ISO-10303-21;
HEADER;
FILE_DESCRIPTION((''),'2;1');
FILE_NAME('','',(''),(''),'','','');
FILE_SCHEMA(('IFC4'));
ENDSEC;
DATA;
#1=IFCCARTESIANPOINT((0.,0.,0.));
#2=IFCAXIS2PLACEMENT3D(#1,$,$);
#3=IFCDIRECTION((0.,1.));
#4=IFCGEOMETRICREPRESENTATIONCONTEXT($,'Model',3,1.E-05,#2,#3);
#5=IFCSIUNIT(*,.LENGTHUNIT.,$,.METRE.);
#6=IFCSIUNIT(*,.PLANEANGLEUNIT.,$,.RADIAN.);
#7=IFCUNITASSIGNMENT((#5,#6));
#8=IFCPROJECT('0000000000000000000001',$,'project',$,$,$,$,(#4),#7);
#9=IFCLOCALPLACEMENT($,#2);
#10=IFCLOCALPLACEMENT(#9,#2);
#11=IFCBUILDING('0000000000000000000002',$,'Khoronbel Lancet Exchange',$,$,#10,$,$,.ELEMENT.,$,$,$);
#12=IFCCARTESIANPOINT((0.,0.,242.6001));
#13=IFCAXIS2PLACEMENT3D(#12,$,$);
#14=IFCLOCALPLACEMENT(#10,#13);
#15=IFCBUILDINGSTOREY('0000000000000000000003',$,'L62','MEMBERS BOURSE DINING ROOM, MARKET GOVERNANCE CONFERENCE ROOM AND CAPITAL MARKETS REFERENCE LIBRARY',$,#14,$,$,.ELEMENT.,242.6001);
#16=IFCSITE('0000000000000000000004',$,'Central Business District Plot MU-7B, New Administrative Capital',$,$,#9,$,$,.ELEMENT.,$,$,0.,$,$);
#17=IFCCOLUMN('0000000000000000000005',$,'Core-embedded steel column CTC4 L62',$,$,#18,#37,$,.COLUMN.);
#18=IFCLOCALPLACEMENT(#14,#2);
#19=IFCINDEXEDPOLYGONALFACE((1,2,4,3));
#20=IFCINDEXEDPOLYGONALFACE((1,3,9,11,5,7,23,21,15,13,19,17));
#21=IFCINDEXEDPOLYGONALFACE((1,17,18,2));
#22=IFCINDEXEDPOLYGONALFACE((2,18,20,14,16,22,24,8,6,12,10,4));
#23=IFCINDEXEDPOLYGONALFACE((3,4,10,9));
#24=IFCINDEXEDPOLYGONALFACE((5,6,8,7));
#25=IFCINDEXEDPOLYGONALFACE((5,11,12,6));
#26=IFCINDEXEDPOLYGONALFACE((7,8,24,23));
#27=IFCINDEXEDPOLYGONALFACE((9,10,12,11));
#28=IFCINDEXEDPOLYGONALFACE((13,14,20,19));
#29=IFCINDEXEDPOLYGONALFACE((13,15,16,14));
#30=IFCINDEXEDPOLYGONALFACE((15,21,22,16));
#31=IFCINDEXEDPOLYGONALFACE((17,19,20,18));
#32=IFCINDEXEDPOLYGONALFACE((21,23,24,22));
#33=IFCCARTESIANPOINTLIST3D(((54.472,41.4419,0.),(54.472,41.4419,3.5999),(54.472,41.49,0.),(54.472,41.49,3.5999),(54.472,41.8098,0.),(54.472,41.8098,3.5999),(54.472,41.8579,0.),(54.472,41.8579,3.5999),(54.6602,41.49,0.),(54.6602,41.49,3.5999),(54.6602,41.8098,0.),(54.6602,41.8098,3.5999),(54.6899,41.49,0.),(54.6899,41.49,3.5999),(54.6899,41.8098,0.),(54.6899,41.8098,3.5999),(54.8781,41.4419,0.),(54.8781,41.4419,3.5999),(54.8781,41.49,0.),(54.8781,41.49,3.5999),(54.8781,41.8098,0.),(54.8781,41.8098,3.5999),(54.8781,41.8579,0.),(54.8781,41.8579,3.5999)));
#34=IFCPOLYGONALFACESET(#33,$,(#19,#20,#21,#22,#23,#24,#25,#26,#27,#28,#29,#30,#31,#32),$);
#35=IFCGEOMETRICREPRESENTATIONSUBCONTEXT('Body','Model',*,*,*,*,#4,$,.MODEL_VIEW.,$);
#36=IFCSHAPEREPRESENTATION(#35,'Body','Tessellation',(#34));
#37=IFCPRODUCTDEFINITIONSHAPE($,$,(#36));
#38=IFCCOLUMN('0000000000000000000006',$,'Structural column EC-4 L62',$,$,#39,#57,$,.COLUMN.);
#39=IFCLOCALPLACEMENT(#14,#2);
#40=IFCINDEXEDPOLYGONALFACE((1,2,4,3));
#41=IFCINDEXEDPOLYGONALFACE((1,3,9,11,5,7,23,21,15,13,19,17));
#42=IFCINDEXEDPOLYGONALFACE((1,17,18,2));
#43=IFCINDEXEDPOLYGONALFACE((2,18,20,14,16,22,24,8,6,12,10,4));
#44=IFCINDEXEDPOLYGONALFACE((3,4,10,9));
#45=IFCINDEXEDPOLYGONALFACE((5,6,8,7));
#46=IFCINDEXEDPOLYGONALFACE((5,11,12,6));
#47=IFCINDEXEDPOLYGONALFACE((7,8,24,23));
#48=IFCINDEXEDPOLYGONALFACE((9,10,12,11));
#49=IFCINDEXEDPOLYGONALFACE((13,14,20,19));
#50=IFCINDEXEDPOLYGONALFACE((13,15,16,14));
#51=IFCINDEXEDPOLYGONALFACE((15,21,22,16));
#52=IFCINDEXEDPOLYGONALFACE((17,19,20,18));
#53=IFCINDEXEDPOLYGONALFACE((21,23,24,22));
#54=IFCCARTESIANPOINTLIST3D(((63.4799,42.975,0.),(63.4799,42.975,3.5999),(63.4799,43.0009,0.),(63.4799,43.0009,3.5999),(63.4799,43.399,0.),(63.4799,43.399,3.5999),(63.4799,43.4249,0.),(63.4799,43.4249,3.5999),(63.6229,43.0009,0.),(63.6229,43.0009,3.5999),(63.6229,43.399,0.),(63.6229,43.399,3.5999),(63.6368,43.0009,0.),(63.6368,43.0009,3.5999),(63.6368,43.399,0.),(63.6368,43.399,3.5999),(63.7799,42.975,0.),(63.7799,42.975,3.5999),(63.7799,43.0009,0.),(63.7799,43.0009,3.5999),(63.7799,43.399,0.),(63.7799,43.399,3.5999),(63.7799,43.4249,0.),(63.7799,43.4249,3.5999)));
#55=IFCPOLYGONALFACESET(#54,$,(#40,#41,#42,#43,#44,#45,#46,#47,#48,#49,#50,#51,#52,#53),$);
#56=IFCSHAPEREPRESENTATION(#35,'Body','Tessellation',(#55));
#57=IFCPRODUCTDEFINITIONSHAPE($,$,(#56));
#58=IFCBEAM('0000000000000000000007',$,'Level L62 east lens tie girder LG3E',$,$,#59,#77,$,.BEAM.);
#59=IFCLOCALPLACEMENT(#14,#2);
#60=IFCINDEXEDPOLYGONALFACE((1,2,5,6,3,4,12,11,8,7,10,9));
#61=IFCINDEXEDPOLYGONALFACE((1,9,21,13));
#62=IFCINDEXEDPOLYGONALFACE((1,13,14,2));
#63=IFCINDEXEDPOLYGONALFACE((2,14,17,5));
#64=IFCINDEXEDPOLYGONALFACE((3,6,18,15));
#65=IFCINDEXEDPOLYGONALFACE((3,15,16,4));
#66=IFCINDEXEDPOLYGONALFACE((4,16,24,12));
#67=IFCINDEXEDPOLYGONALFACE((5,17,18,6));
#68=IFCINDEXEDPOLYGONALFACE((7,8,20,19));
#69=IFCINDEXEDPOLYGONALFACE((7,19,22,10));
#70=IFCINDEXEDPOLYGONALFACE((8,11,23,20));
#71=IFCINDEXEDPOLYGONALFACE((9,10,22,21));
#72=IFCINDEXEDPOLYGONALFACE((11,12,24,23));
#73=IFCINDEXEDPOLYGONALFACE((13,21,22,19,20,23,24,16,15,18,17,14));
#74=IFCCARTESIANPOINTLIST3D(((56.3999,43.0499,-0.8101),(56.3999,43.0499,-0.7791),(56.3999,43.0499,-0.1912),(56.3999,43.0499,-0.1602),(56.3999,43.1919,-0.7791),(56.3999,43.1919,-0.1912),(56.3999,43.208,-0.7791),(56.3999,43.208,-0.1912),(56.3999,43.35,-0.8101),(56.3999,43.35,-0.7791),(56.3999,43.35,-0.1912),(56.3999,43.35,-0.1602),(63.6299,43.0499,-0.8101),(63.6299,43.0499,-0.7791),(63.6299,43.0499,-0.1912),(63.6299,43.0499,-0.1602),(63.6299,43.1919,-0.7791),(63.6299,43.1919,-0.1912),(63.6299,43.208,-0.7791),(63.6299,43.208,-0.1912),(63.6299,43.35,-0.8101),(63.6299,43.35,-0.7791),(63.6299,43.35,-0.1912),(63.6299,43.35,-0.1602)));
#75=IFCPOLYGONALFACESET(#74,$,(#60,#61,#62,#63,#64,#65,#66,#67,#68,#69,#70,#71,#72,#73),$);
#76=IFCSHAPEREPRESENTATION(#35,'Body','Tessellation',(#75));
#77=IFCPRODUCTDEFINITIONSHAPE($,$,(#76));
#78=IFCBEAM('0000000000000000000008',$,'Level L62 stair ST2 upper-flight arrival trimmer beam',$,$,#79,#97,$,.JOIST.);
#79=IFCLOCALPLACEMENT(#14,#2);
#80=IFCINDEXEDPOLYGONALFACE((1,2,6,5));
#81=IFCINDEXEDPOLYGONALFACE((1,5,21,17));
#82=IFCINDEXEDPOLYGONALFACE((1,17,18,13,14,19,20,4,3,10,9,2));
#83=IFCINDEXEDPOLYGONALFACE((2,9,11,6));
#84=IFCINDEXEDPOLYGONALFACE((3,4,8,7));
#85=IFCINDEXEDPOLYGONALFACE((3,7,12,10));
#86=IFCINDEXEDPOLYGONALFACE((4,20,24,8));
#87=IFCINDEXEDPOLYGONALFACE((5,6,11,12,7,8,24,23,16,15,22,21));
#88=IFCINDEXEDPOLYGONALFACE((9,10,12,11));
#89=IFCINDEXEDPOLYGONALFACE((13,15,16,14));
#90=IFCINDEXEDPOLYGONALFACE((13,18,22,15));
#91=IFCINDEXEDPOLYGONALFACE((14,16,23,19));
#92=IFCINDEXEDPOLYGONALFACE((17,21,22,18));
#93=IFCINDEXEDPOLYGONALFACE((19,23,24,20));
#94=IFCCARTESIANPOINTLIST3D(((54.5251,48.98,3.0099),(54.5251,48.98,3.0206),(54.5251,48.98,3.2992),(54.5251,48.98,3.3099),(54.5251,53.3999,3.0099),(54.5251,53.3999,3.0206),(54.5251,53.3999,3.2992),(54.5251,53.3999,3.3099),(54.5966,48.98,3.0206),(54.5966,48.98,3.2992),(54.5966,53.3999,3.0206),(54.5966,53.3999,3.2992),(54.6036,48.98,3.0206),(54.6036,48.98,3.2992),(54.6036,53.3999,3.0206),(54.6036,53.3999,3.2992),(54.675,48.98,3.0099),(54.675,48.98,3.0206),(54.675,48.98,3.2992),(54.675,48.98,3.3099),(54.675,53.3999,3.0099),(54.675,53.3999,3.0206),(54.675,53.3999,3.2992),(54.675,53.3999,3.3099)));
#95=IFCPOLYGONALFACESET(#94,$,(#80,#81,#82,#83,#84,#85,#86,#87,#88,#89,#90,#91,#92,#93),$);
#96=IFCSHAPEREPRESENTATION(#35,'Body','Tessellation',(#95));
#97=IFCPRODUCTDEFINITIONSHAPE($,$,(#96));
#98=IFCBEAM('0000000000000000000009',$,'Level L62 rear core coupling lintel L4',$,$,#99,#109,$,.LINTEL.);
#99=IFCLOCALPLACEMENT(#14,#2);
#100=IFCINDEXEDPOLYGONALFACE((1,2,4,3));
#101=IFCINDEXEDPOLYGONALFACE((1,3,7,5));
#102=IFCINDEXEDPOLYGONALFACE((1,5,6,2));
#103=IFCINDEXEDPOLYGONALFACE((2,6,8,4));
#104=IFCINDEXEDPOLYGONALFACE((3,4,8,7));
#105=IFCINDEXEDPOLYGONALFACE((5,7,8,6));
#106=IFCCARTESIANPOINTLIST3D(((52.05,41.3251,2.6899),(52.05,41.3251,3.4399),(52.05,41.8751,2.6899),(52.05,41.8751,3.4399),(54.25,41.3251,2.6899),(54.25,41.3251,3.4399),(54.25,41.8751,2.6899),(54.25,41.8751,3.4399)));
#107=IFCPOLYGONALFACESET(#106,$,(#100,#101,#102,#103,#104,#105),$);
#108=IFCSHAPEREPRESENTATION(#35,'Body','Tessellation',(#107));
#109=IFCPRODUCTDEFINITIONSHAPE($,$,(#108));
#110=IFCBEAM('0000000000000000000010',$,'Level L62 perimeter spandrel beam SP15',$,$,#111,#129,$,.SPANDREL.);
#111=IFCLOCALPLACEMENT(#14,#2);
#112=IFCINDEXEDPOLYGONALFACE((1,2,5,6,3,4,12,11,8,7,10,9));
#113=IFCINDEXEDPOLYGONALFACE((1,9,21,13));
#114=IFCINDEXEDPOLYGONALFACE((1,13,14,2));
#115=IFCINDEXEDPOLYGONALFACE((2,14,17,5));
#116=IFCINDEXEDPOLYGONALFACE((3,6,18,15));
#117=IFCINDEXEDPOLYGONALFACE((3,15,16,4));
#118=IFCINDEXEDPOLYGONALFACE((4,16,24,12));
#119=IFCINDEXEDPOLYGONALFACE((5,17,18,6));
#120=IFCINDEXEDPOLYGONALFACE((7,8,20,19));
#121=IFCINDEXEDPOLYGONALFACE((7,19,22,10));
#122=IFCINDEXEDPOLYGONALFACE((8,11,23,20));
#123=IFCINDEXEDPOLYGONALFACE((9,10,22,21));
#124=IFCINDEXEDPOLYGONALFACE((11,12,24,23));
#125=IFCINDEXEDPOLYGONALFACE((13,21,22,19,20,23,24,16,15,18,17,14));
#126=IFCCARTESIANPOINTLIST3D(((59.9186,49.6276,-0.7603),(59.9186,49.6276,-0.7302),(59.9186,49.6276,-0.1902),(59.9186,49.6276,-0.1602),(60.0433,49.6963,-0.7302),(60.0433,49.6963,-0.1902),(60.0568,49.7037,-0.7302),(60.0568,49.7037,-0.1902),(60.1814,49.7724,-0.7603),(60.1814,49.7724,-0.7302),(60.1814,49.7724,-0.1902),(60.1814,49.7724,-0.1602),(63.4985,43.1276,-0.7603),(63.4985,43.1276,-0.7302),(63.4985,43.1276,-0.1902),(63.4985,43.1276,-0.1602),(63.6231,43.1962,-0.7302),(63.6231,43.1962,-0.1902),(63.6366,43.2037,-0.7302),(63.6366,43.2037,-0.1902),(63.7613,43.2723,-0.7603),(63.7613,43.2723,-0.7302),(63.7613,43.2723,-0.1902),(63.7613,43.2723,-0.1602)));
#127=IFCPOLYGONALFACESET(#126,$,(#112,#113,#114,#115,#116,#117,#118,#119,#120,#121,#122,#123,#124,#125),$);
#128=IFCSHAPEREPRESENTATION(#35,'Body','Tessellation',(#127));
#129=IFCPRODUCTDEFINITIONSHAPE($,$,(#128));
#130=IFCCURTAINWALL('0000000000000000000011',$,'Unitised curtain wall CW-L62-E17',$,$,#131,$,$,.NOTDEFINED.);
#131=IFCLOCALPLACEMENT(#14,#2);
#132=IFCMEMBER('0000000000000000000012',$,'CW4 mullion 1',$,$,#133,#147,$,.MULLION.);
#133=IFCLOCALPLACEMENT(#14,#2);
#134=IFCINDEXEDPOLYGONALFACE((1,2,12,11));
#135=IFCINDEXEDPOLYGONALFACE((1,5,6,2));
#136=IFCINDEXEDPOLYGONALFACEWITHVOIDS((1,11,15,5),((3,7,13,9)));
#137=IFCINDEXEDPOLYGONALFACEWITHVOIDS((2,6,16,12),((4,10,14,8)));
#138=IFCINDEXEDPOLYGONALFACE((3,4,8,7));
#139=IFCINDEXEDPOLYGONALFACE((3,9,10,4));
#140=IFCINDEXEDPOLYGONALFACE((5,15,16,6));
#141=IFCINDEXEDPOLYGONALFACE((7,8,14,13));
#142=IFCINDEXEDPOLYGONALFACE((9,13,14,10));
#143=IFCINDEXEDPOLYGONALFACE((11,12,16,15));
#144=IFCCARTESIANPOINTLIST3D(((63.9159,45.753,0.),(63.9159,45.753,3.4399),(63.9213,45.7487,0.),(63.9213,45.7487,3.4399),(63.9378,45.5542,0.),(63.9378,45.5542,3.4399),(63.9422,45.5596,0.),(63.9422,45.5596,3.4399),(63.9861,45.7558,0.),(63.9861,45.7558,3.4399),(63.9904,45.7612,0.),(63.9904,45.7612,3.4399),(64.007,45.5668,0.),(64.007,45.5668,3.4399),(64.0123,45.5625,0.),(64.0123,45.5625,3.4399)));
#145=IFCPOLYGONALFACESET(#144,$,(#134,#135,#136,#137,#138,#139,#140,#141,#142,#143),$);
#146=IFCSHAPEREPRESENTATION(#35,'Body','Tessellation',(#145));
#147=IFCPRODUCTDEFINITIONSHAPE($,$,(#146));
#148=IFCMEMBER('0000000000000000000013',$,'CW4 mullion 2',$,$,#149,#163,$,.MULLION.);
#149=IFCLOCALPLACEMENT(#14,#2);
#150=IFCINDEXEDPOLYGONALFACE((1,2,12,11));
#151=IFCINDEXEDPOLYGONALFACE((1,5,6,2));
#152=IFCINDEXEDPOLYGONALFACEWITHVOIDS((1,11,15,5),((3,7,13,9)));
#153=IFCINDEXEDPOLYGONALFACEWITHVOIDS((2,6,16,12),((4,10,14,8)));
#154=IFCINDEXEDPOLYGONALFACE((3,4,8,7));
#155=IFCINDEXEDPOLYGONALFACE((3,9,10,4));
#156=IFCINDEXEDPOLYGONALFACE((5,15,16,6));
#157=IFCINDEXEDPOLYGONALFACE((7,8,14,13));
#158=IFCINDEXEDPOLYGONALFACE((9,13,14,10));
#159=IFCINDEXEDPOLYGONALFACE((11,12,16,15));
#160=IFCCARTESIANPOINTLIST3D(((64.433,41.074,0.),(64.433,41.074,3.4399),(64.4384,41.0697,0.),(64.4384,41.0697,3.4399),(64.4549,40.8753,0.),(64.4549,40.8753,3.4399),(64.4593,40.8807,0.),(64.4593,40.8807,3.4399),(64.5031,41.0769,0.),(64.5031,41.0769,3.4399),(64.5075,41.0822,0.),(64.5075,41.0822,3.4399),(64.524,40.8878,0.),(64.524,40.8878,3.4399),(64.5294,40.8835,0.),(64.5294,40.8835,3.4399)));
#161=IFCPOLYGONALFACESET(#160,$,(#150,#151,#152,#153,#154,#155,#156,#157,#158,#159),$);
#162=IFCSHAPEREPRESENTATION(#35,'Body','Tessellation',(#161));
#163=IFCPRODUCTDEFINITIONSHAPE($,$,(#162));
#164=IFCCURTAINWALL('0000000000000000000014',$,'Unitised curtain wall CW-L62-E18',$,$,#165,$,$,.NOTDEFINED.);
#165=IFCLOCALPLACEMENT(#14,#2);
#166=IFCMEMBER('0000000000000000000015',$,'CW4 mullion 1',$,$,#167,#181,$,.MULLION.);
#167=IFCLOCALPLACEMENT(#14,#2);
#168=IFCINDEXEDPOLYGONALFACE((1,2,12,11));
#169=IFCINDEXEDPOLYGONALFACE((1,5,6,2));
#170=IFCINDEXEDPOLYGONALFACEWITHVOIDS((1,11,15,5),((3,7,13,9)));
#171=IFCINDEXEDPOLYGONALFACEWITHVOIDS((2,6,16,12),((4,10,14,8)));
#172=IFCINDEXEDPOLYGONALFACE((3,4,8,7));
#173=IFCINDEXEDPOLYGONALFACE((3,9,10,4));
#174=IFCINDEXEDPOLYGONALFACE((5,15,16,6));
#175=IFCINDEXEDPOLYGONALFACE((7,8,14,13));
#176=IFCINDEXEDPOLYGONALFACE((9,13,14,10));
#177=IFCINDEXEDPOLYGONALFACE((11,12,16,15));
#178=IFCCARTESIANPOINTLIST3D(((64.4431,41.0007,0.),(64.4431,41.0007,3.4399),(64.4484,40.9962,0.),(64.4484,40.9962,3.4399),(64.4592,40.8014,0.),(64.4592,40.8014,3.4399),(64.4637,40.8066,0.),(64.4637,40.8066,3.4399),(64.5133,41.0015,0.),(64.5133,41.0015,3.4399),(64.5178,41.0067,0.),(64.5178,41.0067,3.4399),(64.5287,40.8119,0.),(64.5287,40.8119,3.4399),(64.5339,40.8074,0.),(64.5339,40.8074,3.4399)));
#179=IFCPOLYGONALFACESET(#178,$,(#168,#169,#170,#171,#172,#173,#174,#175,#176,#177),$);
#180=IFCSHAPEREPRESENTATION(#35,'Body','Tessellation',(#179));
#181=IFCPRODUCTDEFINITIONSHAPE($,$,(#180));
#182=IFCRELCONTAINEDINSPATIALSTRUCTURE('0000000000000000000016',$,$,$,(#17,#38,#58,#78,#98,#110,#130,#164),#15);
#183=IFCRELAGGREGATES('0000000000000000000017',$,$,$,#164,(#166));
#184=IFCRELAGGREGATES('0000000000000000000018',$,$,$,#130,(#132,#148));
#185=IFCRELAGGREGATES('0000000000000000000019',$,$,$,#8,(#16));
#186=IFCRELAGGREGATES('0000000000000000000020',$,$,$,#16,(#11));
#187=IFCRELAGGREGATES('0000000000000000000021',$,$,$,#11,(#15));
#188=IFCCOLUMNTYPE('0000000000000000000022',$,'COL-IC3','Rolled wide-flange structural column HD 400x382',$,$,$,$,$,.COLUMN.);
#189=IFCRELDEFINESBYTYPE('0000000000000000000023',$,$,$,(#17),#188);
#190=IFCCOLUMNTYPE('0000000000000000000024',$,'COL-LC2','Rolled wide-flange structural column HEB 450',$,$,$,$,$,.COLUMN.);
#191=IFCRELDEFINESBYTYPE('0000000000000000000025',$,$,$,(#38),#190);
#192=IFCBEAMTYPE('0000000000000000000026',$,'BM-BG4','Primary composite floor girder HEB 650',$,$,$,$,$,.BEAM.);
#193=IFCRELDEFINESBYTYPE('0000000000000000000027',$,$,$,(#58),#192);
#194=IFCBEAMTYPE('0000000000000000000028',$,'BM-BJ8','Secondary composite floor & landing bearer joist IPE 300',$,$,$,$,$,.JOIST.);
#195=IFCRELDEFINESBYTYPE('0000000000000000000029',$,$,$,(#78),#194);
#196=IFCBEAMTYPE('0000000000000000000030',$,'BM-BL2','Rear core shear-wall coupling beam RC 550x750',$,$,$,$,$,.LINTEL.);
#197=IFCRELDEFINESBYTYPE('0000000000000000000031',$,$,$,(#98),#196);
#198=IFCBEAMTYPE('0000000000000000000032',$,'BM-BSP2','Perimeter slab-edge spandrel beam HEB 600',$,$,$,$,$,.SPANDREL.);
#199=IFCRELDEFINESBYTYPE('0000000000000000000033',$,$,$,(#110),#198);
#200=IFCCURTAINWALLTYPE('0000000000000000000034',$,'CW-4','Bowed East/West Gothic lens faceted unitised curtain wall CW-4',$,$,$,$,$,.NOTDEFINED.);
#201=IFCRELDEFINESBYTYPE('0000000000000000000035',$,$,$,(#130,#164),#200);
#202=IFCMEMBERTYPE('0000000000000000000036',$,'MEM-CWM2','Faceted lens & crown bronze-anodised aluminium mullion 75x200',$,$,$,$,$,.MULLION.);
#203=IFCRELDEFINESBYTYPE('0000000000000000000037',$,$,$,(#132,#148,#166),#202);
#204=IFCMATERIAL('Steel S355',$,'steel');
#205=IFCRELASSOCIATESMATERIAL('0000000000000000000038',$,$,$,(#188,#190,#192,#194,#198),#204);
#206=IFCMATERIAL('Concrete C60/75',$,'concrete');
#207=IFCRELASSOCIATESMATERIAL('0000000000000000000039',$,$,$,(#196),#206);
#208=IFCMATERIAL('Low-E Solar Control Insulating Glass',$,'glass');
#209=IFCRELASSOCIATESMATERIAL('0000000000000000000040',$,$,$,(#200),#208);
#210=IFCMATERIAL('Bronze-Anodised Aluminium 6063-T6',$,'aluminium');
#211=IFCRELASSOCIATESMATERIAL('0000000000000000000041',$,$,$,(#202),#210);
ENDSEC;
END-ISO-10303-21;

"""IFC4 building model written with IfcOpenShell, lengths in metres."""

from ifc_helpers import new_model, si_unit, direction, frame, origin, origin_2d, place, context, subcontext, project, spatial, rectangle, hollow_rectangle, i_section, extrude, material, material_profile, profile_set, type_object, element, aggregate, save


model = new_model("IFC4")

# Units and contexts
model_context = context("Model", 3, precision=1e-05, world=origin(), true_north=direction((0.0, 1.0)))
body_context = subcontext(model_context, "Body", "Model", "MODEL_VIEW")
ifc_project = project(units=[si_unit("LENGTHUNIT", "METRE"), si_unit("PLANEANGLEUNIT", "RADIAN")], contexts=[model_context])

# Site, building, storey
site_placement = place(None, origin())
site = spatial("IfcSite", under=ifc_project, at=site_placement, Name="Central Business District Plot MU-7B, New Administrative Capital", CompositionType="ELEMENT", RefElevation=0.0)
building_placement = place(site_placement, origin())
building = spatial("IfcBuilding", under=site, at=building_placement, Name="Khoronbel Lancet Exchange", CompositionType="ELEMENT")
storey_placement = place(building_placement, frame((0.0, 0.0, 242.6001)))
storey = spatial("IfcBuildingStorey", under=building, at=storey_placement, Name="L62", Description="MEMBERS BOURSE DINING ROOM, MARKET GOVERNANCE CONFERENCE ROOM AND CAPITAL MARKETS REFERENCE LIBRARY", CompositionType="ELEMENT", Elevation=242.6001)

# Columns
ifc_material_1 = material(Name="Steel S355", Category="steel")
ifc_material_profile_1 = material_profile(ifc_material_1, i_section(OverallWidth=0.406, OverallDepth=0.416, WebThickness=0.0298, FlangeThickness=0.0481, at=origin_2d()), Name="HD 400x382")
ifc_profile_set_1 = profile_set([ifc_material_profile_1], Name="Steel S355")
column_type_1 = type_object("IfcColumnType", Name="COL-IC3", Description="Rolled wide-flange structural column HD 400x382", PredefinedType="COLUMN", material=ifc_profile_set_1)
column_1_placement = place(storey_placement, frame((54.675, 41.6499, 0.0), z_axis=(0.0, 0.0, 1.0), x_axis=(1.0, 0.0, 0.0)))
element("IfcColumn", 1, at=column_1_placement, inside=storey, type_object=column_type_1, Name="Core-embedded steel column CTC4 L62", PredefinedType="COLUMN", context=body_context, shape_type="SweptSolid", body=[
    extrude(i_section(OverallWidth=0.406, OverallDepth=0.416, WebThickness=0.0298, FlangeThickness=0.0481, at=origin_2d()), origin(), (0.0, 0.0, 1.0), 3.5999),
])
ifc_material_profile_2 = material_profile(ifc_material_1, i_section(OverallWidth=0.3, OverallDepth=0.45, WebThickness=0.0139, FlangeThickness=0.0259, at=origin_2d()), Name="HEB 450")
ifc_profile_set_2 = profile_set([ifc_material_profile_2], Name="Steel S355")
column_type_2 = type_object("IfcColumnType", Name="COL-LC2", Description="Rolled wide-flange structural column HEB 450", PredefinedType="COLUMN", material=ifc_profile_set_2)
column_2_placement = place(storey_placement, frame((63.6299, 43.2, 0.0), z_axis=(0.0, 0.0, 1.0), x_axis=(1.0, 0.0, 0.0)))
element("IfcColumn", 2, at=column_2_placement, inside=storey, type_object=column_type_2, Name="Structural column EC-4 L62", PredefinedType="COLUMN", context=body_context, shape_type="SweptSolid", body=[
    extrude(i_section(OverallWidth=0.3, OverallDepth=0.45, WebThickness=0.0139, FlangeThickness=0.0259, at=origin_2d()), origin(), (0.0, 0.0, 1.0), 3.5999),
])

# Beams
ifc_material_profile_3 = material_profile(ifc_material_1, i_section(OverallWidth=0.3, OverallDepth=0.6499, WebThickness=0.0161, FlangeThickness=0.031, at=origin_2d()), Name="HEB 650")
ifc_profile_set_3 = profile_set([ifc_material_profile_3], Name="Steel S355")
beam_type_1 = type_object("IfcBeamType", Name="BM-BG4", Description="Primary composite floor girder HEB 650", PredefinedType="BEAM", material=ifc_profile_set_3)
beam_1_placement = place(storey_placement, frame((56.3999, 43.2, -0.4851), z_axis=(1.0, 0.0, 0.0), x_axis=(0.0, 1.0, 0.0)))
element("IfcBeam", 3, at=beam_1_placement, inside=storey, type_object=beam_type_1, Name="Level L62 east lens tie girder LG3E", PredefinedType="BEAM", context=body_context, shape_type="SweptSolid", body=[
    extrude(i_section(OverallWidth=0.3, OverallDepth=0.6499, WebThickness=0.0161, FlangeThickness=0.031, at=origin_2d()), origin(), (0.0, 0.0, 1.0), 7.23),
])
ifc_material_profile_4 = material_profile(ifc_material_1, i_section(OverallWidth=0.1499, OverallDepth=0.3, WebThickness=0.0071, FlangeThickness=0.0107, at=origin_2d()), Name="IPE 300")
ifc_profile_set_4 = profile_set([ifc_material_profile_4], Name="Steel S355")
beam_type_2 = type_object("IfcBeamType", Name="BM-BJ8", Description="Secondary composite floor & landing bearer joist IPE 300", PredefinedType="JOIST", material=ifc_profile_set_4)
beam_2_placement = place(storey_placement, frame((54.6001, 48.98, 3.1599), z_axis=(0.0, 1.0, 0.0), x_axis=(-1.0, 0.0, 0.0)))
element("IfcBeam", 4, at=beam_2_placement, inside=storey, type_object=beam_type_2, Name="Level L62 stair ST2 upper-flight arrival trimmer beam", PredefinedType="JOIST", context=body_context, shape_type="SweptSolid", body=[
    extrude(i_section(OverallWidth=0.1499, OverallDepth=0.3, WebThickness=0.0071, FlangeThickness=0.0107, at=origin_2d()), origin(), (0.0, 0.0, 1.0), 4.4199),
])
ifc_material_2 = material(Name="Concrete C60/75", Category="concrete")
ifc_material_profile_5 = material_profile(ifc_material_2, rectangle(XDim=0.55, YDim=0.75, at=origin_2d()), Name="RC 550x750")
ifc_profile_set_5 = profile_set([ifc_material_profile_5], Name="Concrete C60/75")
beam_type_3 = type_object("IfcBeamType", Name="BM-BL2", Description="Rear core shear-wall coupling beam RC 550x750", PredefinedType="LINTEL", material=ifc_profile_set_5)
beam_3_placement = place(storey_placement, frame((52.05, 41.6001, 3.0649), z_axis=(1.0, 0.0, 0.0), x_axis=(0.0, 1.0, 0.0)))
element("IfcBeam", 5, at=beam_3_placement, inside=storey, type_object=beam_type_3, Name="Level L62 rear core coupling lintel L4", PredefinedType="LINTEL", context=body_context, shape_type="SweptSolid", body=[
    extrude(rectangle(XDim=0.55, YDim=0.75, at=origin_2d()), origin(), (0.0, 0.0, 1.0), 2.2),
])
ifc_material_profile_6 = material_profile(ifc_material_1, i_section(OverallWidth=0.3, OverallDepth=0.6001, WebThickness=0.0154, FlangeThickness=0.03, at=origin_2d()), Name="HEB 600")
ifc_profile_set_6 = profile_set([ifc_material_profile_6], Name="Steel S355")
beam_type_4 = type_object("IfcBeamType", Name="BM-BSP2", Description="Perimeter slab-edge spandrel beam HEB 600", PredefinedType="SPANDREL", material=ifc_profile_set_6)
beam_4_placement = place(storey_placement, frame((63.6299, 43.2, -0.4602), z_axis=(-0.482419, 0.875941, 0.0), x_axis=(-0.875941, -0.482419, 0.0)))
element("IfcBeam", 6, at=beam_4_placement, inside=storey, type_object=beam_type_4, Name="Level L62 perimeter spandrel beam SP15", PredefinedType="SPANDREL", context=body_context, shape_type="SweptSolid", body=[
    extrude(i_section(OverallWidth=0.3, OverallDepth=0.6001, WebThickness=0.0154, FlangeThickness=0.03, at=origin_2d()), origin(), (0.0, 0.0, 1.0), 7.4207),
])

# Curtain walls, members
ifc_material_3 = material(Name="Low-E Solar Control Insulating Glass", Category="glass")
curtain_wall_type = type_object("IfcCurtainWallType", Name="CW-4", Description="Bowed East/West Gothic lens faceted unitised curtain wall CW-4", PredefinedType="NOTDEFINED", material=ifc_material_3)
curtain_wall_1_placement = place(storey_placement, origin())
curtain_wall_1 = element("IfcCurtainWall", 7, at=curtain_wall_1_placement, inside=storey, type_object=curtain_wall_type, Name="Unitised curtain wall CW-L62-E17", PredefinedType="NOTDEFINED")
ifc_material_4 = material(Name="Bronze-Anodised Aluminium 6063-T6", Category="aluminium")
ifc_material_profile_7 = material_profile(ifc_material_4, hollow_rectangle(XDim=0.075, YDim=0.2, WallThickness=0.0049, at=origin_2d()), Name="ALU MULLION 75x200")
ifc_profile_set_7 = profile_set([ifc_material_profile_7], Name="Bronze-Anodised Aluminium 6063-T6")
member_type_1 = type_object("IfcMemberType", Name="MEM-CWM2", Description="Faceted lens & crown bronze-anodised aluminium mullion 75x200", PredefinedType="MULLION", material=ifc_profile_set_7)
member_1_placement = place(storey_placement, frame((63.9641, 45.6577, 0.0), z_axis=(0.0, 0.0, 1.0), x_axis=(0.993947, 0.109858, 0.0)))
member_1 = element("IfcMember", 8, at=member_1_placement, type_object=member_type_1, Name="CW4 mullion 1", PredefinedType="MULLION", context=body_context, shape_type="SweptSolid", body=[
    extrude(hollow_rectangle(XDim=0.075, YDim=0.2, WallThickness=0.0049, at=origin_2d()), origin(), (0.0, 0.0, 1.0), 3.4399),
])
member_2_placement = place(storey_placement, frame((64.4812, 40.9788, 0.0), z_axis=(0.0, 0.0, 1.0), x_axis=(0.993947, 0.109858, 0.0)))
member_2 = element("IfcMember", 9, at=member_2_placement, type_object=member_type_1, Name="CW4 mullion 2", PredefinedType="MULLION", context=body_context, shape_type="SweptSolid", body=[
    extrude(hollow_rectangle(XDim=0.075, YDim=0.2, WallThickness=0.0049, at=origin_2d()), origin(), (0.0, 0.0, 1.0), 3.4399),
])
curtain_wall_2_placement = place(storey_placement, origin())
curtain_wall_2 = element("IfcCurtainWall", 10, at=curtain_wall_2_placement, inside=storey, type_object=curtain_wall_type, Name="Unitised curtain wall CW-L62-E18", PredefinedType="NOTDEFINED")
member_3_placement = place(storey_placement, frame((64.4885, 40.9041, 0.0), z_axis=(0.0, 0.0, 1.0), x_axis=(0.996743, 0.08064, 0.0)))
member_3 = element("IfcMember", 11, at=member_3_placement, type_object=member_type_1, Name="CW4 mullion 1", PredefinedType="MULLION", context=body_context, shape_type="SweptSolid", body=[
    extrude(hollow_rectangle(XDim=0.075, YDim=0.2, WallThickness=0.0049, at=origin_2d()), origin(), (0.0, 0.0, 1.0), 3.4399),
])

aggregate(curtain_wall_2, [member_3])
aggregate(curtain_wall_1, [member_1, member_2])

save(model, "model.ifc")
